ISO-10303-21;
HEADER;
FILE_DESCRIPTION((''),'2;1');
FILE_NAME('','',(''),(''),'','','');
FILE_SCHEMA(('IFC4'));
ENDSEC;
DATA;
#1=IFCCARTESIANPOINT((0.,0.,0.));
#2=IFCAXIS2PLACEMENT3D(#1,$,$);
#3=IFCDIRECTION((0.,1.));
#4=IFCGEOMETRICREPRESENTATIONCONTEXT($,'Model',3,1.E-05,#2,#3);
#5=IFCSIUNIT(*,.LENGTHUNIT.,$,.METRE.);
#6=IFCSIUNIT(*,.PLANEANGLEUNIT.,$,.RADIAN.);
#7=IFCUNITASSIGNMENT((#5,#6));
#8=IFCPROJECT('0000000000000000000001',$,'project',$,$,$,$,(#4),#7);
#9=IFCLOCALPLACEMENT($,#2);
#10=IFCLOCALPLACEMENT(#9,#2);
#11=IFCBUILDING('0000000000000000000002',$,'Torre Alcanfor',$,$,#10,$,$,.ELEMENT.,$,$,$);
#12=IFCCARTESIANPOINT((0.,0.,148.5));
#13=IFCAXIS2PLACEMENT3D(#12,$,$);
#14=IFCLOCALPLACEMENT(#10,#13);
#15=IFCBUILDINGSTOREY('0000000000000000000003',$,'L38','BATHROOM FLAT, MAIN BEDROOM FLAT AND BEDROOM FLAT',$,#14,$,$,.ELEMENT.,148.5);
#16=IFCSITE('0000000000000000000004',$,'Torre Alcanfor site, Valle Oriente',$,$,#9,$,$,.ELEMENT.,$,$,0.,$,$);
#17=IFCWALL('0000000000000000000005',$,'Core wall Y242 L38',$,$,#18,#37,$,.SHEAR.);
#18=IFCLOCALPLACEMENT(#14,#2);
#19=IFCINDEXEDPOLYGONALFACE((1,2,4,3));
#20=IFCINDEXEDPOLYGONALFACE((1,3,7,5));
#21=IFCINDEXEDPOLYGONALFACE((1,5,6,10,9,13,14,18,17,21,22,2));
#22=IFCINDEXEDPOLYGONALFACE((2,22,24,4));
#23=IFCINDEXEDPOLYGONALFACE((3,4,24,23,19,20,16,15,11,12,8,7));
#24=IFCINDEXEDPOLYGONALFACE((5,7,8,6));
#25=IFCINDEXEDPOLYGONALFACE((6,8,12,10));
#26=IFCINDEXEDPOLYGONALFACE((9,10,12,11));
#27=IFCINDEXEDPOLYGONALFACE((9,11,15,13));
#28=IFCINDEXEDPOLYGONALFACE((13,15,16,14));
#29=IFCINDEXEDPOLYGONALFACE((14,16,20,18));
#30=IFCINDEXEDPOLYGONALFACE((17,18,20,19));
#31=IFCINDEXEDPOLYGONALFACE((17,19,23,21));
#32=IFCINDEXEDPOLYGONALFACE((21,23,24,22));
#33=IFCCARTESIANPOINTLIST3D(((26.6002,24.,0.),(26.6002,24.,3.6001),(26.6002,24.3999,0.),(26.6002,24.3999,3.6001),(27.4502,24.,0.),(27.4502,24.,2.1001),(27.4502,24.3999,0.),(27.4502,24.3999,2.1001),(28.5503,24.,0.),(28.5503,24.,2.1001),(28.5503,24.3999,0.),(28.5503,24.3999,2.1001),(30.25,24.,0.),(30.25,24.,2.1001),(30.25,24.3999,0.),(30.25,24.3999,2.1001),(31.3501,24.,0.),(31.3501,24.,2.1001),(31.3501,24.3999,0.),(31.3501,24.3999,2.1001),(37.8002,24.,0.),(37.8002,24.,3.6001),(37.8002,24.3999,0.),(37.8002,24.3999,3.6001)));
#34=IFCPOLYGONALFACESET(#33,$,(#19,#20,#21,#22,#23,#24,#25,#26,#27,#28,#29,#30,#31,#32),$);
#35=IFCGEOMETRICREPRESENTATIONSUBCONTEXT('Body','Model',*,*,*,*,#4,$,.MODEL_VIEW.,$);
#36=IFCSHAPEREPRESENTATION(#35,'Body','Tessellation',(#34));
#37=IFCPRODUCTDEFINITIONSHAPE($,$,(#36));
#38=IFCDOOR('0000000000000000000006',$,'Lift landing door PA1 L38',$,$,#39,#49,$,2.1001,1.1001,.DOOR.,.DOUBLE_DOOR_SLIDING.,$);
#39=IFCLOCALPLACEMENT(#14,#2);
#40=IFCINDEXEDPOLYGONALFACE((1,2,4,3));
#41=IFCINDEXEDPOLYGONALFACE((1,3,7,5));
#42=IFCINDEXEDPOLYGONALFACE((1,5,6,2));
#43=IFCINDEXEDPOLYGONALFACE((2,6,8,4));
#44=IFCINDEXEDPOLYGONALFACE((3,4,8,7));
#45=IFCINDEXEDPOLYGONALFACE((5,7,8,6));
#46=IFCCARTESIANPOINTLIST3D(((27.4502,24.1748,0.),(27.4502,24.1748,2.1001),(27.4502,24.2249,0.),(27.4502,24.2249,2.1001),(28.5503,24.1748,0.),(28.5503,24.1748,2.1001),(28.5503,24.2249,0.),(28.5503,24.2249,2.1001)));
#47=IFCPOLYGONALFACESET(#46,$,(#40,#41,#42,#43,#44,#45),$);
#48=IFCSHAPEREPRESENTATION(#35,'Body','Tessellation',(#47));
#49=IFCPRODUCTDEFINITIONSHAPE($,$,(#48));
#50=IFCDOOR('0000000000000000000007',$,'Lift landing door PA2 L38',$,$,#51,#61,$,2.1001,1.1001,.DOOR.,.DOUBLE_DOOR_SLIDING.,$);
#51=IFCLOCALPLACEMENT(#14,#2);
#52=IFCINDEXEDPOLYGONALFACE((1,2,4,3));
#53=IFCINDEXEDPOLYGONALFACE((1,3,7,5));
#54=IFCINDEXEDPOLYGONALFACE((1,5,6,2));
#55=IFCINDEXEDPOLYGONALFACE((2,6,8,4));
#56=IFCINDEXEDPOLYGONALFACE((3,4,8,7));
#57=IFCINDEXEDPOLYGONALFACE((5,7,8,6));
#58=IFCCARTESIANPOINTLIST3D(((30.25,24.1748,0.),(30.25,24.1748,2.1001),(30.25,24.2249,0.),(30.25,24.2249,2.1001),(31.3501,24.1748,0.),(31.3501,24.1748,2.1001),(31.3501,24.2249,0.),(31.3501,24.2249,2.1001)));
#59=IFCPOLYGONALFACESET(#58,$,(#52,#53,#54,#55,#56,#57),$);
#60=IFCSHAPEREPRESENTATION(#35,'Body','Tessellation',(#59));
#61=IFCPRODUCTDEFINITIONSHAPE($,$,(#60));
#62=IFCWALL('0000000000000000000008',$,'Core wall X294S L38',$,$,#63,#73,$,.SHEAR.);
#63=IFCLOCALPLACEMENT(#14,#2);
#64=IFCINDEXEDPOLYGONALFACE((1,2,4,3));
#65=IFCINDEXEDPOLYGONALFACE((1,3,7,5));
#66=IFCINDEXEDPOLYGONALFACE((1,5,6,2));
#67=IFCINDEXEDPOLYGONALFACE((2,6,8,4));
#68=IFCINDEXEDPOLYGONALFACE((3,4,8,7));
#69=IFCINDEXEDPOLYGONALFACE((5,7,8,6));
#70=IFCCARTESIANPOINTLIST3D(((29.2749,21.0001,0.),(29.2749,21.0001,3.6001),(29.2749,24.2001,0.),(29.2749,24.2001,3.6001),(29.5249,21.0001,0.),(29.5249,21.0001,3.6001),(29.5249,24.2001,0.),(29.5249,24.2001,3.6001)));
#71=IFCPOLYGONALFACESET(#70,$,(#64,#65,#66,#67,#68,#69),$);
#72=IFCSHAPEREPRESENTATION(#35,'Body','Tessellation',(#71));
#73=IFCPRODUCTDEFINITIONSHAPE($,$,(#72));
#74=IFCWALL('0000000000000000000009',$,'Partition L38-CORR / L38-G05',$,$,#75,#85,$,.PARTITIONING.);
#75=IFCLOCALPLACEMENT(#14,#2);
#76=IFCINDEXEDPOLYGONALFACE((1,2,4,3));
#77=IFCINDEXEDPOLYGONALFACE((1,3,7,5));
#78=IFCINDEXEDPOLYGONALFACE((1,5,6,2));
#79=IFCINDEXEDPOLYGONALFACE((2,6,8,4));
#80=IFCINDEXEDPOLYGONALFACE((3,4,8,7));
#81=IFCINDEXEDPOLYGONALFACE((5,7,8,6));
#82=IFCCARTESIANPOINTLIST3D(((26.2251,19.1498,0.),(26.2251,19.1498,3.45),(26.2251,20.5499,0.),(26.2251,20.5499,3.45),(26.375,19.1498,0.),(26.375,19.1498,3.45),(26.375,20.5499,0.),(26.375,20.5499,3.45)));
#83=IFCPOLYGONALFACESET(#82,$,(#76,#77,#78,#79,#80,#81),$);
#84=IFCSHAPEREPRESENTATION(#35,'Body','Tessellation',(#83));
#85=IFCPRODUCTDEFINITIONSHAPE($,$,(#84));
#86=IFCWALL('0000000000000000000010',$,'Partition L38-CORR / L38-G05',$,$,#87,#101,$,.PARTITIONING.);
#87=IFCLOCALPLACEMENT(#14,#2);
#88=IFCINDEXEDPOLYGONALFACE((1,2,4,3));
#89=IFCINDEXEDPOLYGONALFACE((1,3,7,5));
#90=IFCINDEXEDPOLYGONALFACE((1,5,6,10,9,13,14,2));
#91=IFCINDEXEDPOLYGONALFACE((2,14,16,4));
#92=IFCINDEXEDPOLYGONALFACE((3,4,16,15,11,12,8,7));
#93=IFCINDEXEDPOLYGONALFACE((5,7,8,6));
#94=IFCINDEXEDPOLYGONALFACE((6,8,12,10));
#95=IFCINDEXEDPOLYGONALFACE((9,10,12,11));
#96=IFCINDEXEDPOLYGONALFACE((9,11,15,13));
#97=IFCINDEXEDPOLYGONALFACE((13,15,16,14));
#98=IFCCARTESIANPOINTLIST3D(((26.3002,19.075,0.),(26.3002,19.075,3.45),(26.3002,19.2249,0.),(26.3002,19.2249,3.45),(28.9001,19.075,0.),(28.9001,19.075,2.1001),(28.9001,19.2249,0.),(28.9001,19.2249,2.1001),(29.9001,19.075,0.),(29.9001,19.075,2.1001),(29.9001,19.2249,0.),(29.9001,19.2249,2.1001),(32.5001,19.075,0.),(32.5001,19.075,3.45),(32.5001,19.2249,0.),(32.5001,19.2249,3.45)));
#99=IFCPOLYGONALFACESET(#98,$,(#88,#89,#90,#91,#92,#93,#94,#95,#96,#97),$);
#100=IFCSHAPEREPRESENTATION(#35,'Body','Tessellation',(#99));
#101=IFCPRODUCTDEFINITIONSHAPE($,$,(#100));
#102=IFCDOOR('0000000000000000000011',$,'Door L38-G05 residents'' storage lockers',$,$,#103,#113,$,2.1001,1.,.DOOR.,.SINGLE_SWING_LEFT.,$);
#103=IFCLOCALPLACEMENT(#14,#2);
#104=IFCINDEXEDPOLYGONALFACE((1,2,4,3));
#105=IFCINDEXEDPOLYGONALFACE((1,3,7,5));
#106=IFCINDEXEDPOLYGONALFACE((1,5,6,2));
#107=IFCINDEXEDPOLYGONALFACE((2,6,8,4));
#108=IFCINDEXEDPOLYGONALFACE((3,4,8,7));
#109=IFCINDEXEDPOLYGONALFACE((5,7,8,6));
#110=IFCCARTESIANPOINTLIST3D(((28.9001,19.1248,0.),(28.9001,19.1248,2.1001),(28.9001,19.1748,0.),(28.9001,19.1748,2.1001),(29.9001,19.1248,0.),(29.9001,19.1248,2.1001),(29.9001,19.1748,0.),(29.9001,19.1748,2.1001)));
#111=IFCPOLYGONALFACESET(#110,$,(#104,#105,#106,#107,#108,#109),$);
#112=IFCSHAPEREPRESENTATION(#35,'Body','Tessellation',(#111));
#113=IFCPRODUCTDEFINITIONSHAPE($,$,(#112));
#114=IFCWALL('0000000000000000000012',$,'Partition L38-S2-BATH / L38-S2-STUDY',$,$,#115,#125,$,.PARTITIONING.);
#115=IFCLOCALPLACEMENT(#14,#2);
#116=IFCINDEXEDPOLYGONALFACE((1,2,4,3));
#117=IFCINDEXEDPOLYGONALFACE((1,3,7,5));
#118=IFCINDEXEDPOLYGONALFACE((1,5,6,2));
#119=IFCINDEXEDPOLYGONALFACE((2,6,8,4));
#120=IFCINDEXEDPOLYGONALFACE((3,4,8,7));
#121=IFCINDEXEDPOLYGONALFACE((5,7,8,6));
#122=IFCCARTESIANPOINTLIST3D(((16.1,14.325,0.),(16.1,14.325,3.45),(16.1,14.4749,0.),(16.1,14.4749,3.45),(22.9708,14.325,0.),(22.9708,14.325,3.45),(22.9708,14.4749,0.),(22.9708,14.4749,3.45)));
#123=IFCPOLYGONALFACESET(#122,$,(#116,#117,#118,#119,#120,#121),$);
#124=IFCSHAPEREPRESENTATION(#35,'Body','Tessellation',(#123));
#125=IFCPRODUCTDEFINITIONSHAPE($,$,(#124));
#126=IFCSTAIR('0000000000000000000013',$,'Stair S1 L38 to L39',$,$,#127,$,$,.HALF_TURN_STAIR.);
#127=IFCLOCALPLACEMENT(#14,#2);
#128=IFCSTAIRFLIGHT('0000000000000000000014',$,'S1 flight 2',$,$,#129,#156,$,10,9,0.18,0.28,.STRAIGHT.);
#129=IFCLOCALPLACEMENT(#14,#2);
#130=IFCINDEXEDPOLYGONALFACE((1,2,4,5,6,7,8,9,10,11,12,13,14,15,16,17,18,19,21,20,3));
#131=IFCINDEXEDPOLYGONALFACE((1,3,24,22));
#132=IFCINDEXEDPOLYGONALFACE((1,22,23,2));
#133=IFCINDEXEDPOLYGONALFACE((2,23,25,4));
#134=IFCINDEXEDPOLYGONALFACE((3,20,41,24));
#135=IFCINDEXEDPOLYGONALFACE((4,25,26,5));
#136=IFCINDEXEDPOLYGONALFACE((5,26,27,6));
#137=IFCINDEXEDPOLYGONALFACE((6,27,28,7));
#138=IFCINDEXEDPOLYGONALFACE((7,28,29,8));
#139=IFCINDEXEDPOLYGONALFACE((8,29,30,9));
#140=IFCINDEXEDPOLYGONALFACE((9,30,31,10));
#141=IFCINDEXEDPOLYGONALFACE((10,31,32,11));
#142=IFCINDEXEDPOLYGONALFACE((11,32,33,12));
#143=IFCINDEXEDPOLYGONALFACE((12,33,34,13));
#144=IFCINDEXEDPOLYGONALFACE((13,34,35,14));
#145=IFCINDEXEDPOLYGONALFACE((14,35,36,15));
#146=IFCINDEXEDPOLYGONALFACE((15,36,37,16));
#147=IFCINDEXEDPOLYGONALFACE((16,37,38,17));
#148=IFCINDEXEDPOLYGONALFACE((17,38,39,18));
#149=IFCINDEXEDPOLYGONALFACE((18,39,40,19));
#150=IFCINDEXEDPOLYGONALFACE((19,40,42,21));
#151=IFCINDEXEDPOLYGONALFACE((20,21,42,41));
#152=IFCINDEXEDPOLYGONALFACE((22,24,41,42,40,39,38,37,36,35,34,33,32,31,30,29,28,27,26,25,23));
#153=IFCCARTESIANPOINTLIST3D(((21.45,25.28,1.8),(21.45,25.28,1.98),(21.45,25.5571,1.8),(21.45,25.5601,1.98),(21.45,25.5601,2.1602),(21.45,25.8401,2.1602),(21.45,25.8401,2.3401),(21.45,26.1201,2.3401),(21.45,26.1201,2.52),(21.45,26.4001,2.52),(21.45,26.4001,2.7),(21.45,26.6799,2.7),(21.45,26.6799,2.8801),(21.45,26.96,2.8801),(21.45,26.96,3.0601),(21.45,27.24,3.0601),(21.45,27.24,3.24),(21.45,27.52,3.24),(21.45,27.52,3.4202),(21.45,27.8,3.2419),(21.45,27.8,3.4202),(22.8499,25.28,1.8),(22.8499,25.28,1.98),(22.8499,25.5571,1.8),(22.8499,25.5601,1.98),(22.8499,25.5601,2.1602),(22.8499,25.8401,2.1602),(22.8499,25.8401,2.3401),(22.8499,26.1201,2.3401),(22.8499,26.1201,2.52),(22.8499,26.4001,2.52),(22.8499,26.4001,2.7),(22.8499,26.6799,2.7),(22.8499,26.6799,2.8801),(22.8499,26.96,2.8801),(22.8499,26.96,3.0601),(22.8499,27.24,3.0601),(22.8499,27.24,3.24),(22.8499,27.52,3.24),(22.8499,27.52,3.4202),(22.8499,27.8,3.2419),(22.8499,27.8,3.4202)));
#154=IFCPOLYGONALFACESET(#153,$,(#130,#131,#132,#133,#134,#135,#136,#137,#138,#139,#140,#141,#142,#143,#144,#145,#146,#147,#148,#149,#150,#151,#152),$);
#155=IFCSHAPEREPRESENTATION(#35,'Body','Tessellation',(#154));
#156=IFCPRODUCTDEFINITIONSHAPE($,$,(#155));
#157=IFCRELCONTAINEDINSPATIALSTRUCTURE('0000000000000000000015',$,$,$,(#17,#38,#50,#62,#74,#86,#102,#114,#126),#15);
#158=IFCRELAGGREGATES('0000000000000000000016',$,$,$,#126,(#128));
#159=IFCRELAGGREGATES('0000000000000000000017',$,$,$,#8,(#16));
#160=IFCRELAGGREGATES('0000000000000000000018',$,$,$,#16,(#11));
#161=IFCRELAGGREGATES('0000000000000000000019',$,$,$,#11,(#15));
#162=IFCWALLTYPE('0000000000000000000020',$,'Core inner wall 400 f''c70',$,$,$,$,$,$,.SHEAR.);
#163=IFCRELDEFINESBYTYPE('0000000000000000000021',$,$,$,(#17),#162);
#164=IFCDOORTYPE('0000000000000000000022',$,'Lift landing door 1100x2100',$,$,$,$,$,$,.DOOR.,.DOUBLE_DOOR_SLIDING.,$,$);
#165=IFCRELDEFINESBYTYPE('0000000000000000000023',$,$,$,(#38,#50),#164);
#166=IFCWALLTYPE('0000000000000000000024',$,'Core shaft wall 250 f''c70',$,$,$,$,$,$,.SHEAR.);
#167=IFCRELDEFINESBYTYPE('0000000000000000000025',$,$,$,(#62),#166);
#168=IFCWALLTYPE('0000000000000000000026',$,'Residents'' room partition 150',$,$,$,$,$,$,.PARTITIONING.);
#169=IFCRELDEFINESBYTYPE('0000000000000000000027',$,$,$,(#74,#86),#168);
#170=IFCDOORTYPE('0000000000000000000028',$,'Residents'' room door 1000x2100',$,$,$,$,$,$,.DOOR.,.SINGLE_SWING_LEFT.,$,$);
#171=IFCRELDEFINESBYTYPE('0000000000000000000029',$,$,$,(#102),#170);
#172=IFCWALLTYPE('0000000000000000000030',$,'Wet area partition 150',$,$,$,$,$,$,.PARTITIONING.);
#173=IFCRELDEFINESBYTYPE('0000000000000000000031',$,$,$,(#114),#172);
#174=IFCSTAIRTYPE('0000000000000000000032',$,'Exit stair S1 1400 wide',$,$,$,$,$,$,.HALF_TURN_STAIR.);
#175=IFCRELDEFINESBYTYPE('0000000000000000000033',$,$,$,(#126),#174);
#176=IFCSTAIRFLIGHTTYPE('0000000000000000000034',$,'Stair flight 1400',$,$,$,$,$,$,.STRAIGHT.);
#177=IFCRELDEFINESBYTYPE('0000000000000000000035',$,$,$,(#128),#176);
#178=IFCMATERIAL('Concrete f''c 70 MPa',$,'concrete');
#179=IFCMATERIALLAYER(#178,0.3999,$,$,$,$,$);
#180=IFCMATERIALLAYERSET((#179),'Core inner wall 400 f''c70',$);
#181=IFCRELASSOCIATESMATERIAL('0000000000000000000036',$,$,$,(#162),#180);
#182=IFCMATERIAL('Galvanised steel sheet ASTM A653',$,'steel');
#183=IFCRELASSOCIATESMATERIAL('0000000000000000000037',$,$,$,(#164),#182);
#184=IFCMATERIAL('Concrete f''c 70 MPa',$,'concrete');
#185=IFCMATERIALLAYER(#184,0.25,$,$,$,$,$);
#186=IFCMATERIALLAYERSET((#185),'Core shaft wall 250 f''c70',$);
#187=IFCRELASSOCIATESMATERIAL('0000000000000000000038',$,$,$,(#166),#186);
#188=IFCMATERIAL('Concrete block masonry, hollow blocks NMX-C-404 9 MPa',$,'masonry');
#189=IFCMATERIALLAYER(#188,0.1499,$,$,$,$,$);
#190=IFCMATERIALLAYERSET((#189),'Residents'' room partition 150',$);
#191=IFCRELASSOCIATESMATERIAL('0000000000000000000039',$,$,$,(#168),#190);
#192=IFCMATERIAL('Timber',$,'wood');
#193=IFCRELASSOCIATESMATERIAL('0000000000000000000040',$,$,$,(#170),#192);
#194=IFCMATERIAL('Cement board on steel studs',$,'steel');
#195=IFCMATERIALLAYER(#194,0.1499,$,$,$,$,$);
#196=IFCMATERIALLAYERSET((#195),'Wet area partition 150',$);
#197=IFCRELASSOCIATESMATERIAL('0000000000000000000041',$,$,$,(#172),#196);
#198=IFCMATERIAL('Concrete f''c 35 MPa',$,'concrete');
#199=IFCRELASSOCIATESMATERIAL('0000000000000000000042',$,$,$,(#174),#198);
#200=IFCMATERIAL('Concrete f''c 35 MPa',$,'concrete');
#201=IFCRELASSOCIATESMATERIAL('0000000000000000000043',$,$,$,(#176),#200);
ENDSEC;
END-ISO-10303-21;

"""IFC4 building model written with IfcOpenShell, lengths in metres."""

from ifc_helpers import new_model, si_unit, direction, frame, frame_2d, origin, place, context, subcontext, project, spatial, polyline, rectangle, outline, extrude, material, layer, layer_set, type_object, element, fill, aggregate, save


model = new_model("IFC4")

# Units and contexts
model_context = context("Model", 3, precision=1e-05, world=origin(), true_north=direction((0.0, 1.0)))
body_context = subcontext(model_context, "Body", "Model", "MODEL_VIEW")
ifc_project = project(units=[si_unit("LENGTHUNIT", "METRE"), si_unit("PLANEANGLEUNIT", "RADIAN")], contexts=[model_context])

# Site, building, storey
site_placement = place(None, origin())
site = spatial("IfcSite", under=ifc_project, at=site_placement, Name="Torre Alcanfor site, Valle Oriente", CompositionType="ELEMENT", RefElevation=0.0)
building_placement = place(site_placement, origin())
building = spatial("IfcBuilding", under=site, at=building_placement, Name="Torre Alcanfor", CompositionType="ELEMENT")
storey_placement = place(building_placement, frame((0.0, 0.0, 148.5)))
storey = spatial("IfcBuildingStorey", under=building, at=storey_placement, Name="L38", Description="BATHROOM FLAT, MAIN BEDROOM FLAT AND BEDROOM FLAT", CompositionType="ELEMENT", Elevation=148.5)

# Shared definitions
ifc_material_1 = material(Name="Concrete f'c 70 MPa", Category="concrete")
ifc_layer_1 = layer(ifc_material_1, 0.3999)
ifc_layer_set_1 = layer_set([ifc_layer_1], Name="Core inner wall 400 f'c70")
wall_type_1 = type_object("IfcWallType", Name="Core inner wall 400 f'c70", PredefinedType="SHEAR", material=ifc_layer_set_1)

# Wall, openings, doors
wall_1_placement = place(storey_placement, frame((26.6001, 24.2, 0.0), z_axis=(0.0, 0.0, 1.0), x_axis=(1.0, 0.0, 0.0)))
wall_1 = element("IfcWall", 1, at=wall_1_placement, inside=storey, type_object=wall_type_1, Name="Core wall Y242 L38", PredefinedType="SHEAR", context=body_context, shape_type="SweptSolid", body=[
    extrude(rectangle(XDim=11.2, YDim=0.3999, at=frame_2d((5.6001, 0.0))), origin(), (0.0, 0.0, 1.0), 3.6001),
])
opening_1_placement = place(wall_1_placement, frame((0.8501, 0.0, 0.0)))
opening_1 = element("IfcOpeningElement", 2, at=opening_1_placement, cuts=wall_1, PredefinedType="OPENING", context=body_context, shape_type="SweptSolid", body=[
    extrude(rectangle(XDim=1.1001, YDim=2.1001, at=frame_2d((0.55, 1.05))), frame((0.0, 0.21, 0.0), z_axis=(0.0, -1.0, 0.0), x_axis=(1.0, 0.0, 0.0)), (0.0, 0.0, 1.0), 0.4199),
])
opening_2_placement = place(wall_1_placement, frame((3.6499, 0.0, 0.0)))
opening_2 = element("IfcOpeningElement", 3, at=opening_2_placement, cuts=wall_1, PredefinedType="OPENING", context=body_context, shape_type="SweptSolid", body=[
    extrude(rectangle(XDim=1.1001, YDim=2.1001, at=frame_2d((0.55, 1.05))), frame((0.0, 0.21, 0.0), z_axis=(0.0, -1.0, 0.0), x_axis=(1.0, 0.0, 0.0)), (0.0, 0.0, 1.0), 0.4199),
])
ifc_material_2 = material(Name="Galvanised steel sheet ASTM A653", Category="steel")
door_type_1 = type_object("IfcDoorType", Name="Lift landing door 1100x2100", OperationType="DOUBLE_DOOR_SLIDING", PredefinedType="DOOR", material=ifc_material_2)
door_1_placement = place(opening_1_placement, origin())
door_1 = element("IfcDoor", 4, at=door_1_placement, inside=storey, type_object=door_type_1, Name="Lift landing door PA1 L38", OperationType="DOUBLE_DOOR_SLIDING", OverallHeight=2.1001, OverallWidth=1.1001, PredefinedType="DOOR", context=body_context, shape_type="SweptSolid", body=[
    extrude(rectangle(XDim=1.1001, YDim=2.1001, at=frame_2d((0.55, 1.05))), frame((0.0, 0.0249, 0.0), z_axis=(0.0, -1.0, 0.0), x_axis=(1.0, 0.0, 0.0)), (0.0, 0.0, 1.0), 0.05),
])
fill(opening_1, door_1)
door_2_placement = place(opening_2_placement, origin())
door_2 = element("IfcDoor", 5, at=door_2_placement, inside=storey, type_object=door_type_1, Name="Lift landing door PA2 L38", OperationType="DOUBLE_DOOR_SLIDING", OverallHeight=2.1001, OverallWidth=1.1001, PredefinedType="DOOR", context=body_context, shape_type="SweptSolid", body=[
    extrude(rectangle(XDim=1.1001, YDim=2.1001, at=frame_2d((0.55, 1.05))), frame((0.0, 0.0249, 0.0), z_axis=(0.0, -1.0, 0.0), x_axis=(1.0, 0.0, 0.0)), (0.0, 0.0, 1.0), 0.05),
])
fill(opening_2, door_2)

# Walls
ifc_material_3 = material(Name="Concrete f'c 70 MPa", Category="concrete")
ifc_layer_2 = layer(ifc_material_3, 0.25)
ifc_layer_set_2 = layer_set([ifc_layer_2], Name="Core shaft wall 250 f'c70")
wall_type_2 = type_object("IfcWallType", Name="Core shaft wall 250 f'c70", PredefinedType="SHEAR", material=ifc_layer_set_2)
wall_2_placement = place(storey_placement, frame((29.3999, 21.0, 0.0), z_axis=(0.0, 0.0, 1.0), x_axis=(0.0, 1.0, 0.0)))
element("IfcWall", 6, at=wall_2_placement, inside=storey, type_object=wall_type_2, Name="Core wall X294S L38", PredefinedType="SHEAR", context=body_context, shape_type="SweptSolid", body=[
    extrude(rectangle(XDim=3.2, YDim=0.25, at=frame_2d((1.6001, 0.0))), origin(), (0.0, 0.0, 1.0), 3.6001),
])
ifc_material_4 = material(Name="Concrete block masonry, hollow blocks NMX-C-404 9 MPa", Category="masonry")
ifc_layer_3 = layer(ifc_material_4, 0.1499)
ifc_layer_set_3 = layer_set([ifc_layer_3], Name="Residents' room partition 150")
wall_type_3 = type_object("IfcWallType", Name="Residents' room partition 150", PredefinedType="PARTITIONING", material=ifc_layer_set_3)
wall_3_placement = place(storey_placement, frame((26.3, 20.55, 0.0), z_axis=(0.0, 0.0, 1.0), x_axis=(0.0, -1.0, 0.0)))
element("IfcWall", 7, at=wall_3_placement, inside=storey, type_object=wall_type_3, Name="Partition L38-CORR / L38-G05", PredefinedType="PARTITIONING", context=body_context, shape_type="SweptSolid", body=[
    extrude(rectangle(XDim=1.4001, YDim=0.1499, at=frame_2d((0.7002, 0.0))), origin(), (0.0, 0.0, 1.0), 3.45),
])

# Wall, opening, door
wall_4_placement = place(storey_placement, frame((26.3, 19.1499, 0.0), z_axis=(0.0, 0.0, 1.0), x_axis=(1.0, 0.0, 0.0)))
wall_4 = element("IfcWall", 8, at=wall_4_placement, inside=storey, type_object=wall_type_3, Name="Partition L38-CORR / L38-G05", PredefinedType="PARTITIONING", context=body_context, shape_type="SweptSolid", body=[
    extrude(rectangle(XDim=6.2, YDim=0.1499, at=frame_2d((3.1001, 0.0))), origin(), (0.0, 0.0, 1.0), 3.45),
])
opening_3_placement = place(wall_4_placement, frame((2.6001, 0.0, 0.0)))
opening_3 = element("IfcOpeningElement", 9, at=opening_3_placement, cuts=wall_4, PredefinedType="OPENING", context=body_context, shape_type="SweptSolid", body=[
    extrude(rectangle(XDim=1.0, YDim=2.1001, at=frame_2d((0.5, 1.05))), frame((0.0, 0.085, 0.0), z_axis=(0.0, -1.0, 0.0), x_axis=(1.0, 0.0, 0.0)), (0.0, 0.0, 1.0), 0.1699),
])
ifc_material_5 = material(Name="Timber", Category="wood")
door_type_2 = type_object("IfcDoorType", Name="Residents' room door 1000x2100", OperationType="SINGLE_SWING_LEFT", PredefinedType="DOOR", material=ifc_material_5)
door_3_placement = place(opening_3_placement, origin())
door_3 = element("IfcDoor", 10, at=door_3_placement, inside=storey, type_object=door_type_2, Name="Door L38-G05 residents' storage lockers", OperationType="SINGLE_SWING_LEFT", OverallHeight=2.1001, OverallWidth=1.0, PredefinedType="DOOR", context=body_context, shape_type="SweptSolid", body=[
    extrude(rectangle(XDim=1.0, YDim=2.1001, at=frame_2d((0.5, 1.05))), frame((0.0, 0.0249, 0.0), z_axis=(0.0, -1.0, 0.0), x_axis=(1.0, 0.0, 0.0)), (0.0, 0.0, 1.0), 0.05),
])
fill(opening_3, door_3)

# Wall
ifc_material_6 = material(Name="Cement board on steel studs", Category="steel")
ifc_layer_4 = layer(ifc_material_6, 0.1499)
ifc_layer_set_4 = layer_set([ifc_layer_4], Name="Wet area partition 150")
wall_type_4 = type_object("IfcWallType", Name="Wet area partition 150", PredefinedType="PARTITIONING", material=ifc_layer_set_4)
wall_5_placement = place(storey_placement, frame((22.9709, 14.3999, 0.0), z_axis=(0.0, 0.0, 1.0), x_axis=(-1.0, 0.0, 0.0)))
element("IfcWall", 11, at=wall_5_placement, inside=storey, type_object=wall_type_4, Name="Partition L38-S2-BATH / L38-S2-STUDY", PredefinedType="PARTITIONING", context=body_context, shape_type="SweptSolid", body=[
    extrude(rectangle(XDim=6.8708, YDim=0.1499, at=frame_2d((3.4355, 0.0))), origin(), (0.0, 0.0, 1.0), 3.45),
])

# Stair, stair flight
ifc_material_7 = material(Name="Concrete f'c 35 MPa", Category="concrete")
stair_type = type_object("IfcStairType", Name="Exit stair S1 1400 wide", PredefinedType="HALF_TURN_STAIR", material=ifc_material_7)
stair_placement = place(storey_placement, origin())
stair = element("IfcStair", 12, at=stair_placement, inside=storey, type_object=stair_type, Name="Stair S1 L38 to L39", PredefinedType="HALF_TURN_STAIR")
ifc_material_8 = material(Name="Concrete f'c 35 MPa", Category="concrete")
stair_flight_type = type_object("IfcStairFlightType", Name="Stair flight 1400", PredefinedType="STRAIGHT", material=ifc_material_8)
stair_flight_placement = place(storey_placement, frame((22.1499, 25.28, 1.8), z_axis=(0.0, 0.0, 1.0), x_axis=(0.0, 1.0, 0.0)))
stair_flight = element("IfcStairFlight", 13, at=stair_flight_placement, type_object=stair_flight_type, Name="S1 flight 2", NumberOfRisers=10, NumberOfTreads=9, PredefinedType="STRAIGHT", RiserHeight=0.18, TreadLength=0.28, context=body_context, shape_type="SweptSolid", body=[
    extrude(outline(polyline([(0.0, 0.0), (0.0, 0.1799), (0.28, 0.1799), (0.28, 0.3601), (0.5601, 0.3601), (0.5601, 0.54), (0.8401, 0.54), (0.8401, 0.72), (1.1201, 0.72), (1.1201, 0.8999), (1.3999, 0.8999), (1.3999, 1.0801), (1.6799, 1.0801), (1.6799, 1.26), (1.96, 1.26), (1.96, 1.4399), (2.24, 1.4399), (2.24, 1.6201), (2.52, 1.6201), (2.52, 1.8), (2.52, 1.4419), (0.2771, 0.0), (0.0, 0.0)])), frame((0.0, 0.7, 0.0), z_axis=(0.0, -1.0, 0.0), x_axis=(1.0, 0.0, 0.0)), (0.0, 0.0, 1.0), 1.3999),
])
aggregate(stair, [stair_flight])

save(model, "model.ifc")
